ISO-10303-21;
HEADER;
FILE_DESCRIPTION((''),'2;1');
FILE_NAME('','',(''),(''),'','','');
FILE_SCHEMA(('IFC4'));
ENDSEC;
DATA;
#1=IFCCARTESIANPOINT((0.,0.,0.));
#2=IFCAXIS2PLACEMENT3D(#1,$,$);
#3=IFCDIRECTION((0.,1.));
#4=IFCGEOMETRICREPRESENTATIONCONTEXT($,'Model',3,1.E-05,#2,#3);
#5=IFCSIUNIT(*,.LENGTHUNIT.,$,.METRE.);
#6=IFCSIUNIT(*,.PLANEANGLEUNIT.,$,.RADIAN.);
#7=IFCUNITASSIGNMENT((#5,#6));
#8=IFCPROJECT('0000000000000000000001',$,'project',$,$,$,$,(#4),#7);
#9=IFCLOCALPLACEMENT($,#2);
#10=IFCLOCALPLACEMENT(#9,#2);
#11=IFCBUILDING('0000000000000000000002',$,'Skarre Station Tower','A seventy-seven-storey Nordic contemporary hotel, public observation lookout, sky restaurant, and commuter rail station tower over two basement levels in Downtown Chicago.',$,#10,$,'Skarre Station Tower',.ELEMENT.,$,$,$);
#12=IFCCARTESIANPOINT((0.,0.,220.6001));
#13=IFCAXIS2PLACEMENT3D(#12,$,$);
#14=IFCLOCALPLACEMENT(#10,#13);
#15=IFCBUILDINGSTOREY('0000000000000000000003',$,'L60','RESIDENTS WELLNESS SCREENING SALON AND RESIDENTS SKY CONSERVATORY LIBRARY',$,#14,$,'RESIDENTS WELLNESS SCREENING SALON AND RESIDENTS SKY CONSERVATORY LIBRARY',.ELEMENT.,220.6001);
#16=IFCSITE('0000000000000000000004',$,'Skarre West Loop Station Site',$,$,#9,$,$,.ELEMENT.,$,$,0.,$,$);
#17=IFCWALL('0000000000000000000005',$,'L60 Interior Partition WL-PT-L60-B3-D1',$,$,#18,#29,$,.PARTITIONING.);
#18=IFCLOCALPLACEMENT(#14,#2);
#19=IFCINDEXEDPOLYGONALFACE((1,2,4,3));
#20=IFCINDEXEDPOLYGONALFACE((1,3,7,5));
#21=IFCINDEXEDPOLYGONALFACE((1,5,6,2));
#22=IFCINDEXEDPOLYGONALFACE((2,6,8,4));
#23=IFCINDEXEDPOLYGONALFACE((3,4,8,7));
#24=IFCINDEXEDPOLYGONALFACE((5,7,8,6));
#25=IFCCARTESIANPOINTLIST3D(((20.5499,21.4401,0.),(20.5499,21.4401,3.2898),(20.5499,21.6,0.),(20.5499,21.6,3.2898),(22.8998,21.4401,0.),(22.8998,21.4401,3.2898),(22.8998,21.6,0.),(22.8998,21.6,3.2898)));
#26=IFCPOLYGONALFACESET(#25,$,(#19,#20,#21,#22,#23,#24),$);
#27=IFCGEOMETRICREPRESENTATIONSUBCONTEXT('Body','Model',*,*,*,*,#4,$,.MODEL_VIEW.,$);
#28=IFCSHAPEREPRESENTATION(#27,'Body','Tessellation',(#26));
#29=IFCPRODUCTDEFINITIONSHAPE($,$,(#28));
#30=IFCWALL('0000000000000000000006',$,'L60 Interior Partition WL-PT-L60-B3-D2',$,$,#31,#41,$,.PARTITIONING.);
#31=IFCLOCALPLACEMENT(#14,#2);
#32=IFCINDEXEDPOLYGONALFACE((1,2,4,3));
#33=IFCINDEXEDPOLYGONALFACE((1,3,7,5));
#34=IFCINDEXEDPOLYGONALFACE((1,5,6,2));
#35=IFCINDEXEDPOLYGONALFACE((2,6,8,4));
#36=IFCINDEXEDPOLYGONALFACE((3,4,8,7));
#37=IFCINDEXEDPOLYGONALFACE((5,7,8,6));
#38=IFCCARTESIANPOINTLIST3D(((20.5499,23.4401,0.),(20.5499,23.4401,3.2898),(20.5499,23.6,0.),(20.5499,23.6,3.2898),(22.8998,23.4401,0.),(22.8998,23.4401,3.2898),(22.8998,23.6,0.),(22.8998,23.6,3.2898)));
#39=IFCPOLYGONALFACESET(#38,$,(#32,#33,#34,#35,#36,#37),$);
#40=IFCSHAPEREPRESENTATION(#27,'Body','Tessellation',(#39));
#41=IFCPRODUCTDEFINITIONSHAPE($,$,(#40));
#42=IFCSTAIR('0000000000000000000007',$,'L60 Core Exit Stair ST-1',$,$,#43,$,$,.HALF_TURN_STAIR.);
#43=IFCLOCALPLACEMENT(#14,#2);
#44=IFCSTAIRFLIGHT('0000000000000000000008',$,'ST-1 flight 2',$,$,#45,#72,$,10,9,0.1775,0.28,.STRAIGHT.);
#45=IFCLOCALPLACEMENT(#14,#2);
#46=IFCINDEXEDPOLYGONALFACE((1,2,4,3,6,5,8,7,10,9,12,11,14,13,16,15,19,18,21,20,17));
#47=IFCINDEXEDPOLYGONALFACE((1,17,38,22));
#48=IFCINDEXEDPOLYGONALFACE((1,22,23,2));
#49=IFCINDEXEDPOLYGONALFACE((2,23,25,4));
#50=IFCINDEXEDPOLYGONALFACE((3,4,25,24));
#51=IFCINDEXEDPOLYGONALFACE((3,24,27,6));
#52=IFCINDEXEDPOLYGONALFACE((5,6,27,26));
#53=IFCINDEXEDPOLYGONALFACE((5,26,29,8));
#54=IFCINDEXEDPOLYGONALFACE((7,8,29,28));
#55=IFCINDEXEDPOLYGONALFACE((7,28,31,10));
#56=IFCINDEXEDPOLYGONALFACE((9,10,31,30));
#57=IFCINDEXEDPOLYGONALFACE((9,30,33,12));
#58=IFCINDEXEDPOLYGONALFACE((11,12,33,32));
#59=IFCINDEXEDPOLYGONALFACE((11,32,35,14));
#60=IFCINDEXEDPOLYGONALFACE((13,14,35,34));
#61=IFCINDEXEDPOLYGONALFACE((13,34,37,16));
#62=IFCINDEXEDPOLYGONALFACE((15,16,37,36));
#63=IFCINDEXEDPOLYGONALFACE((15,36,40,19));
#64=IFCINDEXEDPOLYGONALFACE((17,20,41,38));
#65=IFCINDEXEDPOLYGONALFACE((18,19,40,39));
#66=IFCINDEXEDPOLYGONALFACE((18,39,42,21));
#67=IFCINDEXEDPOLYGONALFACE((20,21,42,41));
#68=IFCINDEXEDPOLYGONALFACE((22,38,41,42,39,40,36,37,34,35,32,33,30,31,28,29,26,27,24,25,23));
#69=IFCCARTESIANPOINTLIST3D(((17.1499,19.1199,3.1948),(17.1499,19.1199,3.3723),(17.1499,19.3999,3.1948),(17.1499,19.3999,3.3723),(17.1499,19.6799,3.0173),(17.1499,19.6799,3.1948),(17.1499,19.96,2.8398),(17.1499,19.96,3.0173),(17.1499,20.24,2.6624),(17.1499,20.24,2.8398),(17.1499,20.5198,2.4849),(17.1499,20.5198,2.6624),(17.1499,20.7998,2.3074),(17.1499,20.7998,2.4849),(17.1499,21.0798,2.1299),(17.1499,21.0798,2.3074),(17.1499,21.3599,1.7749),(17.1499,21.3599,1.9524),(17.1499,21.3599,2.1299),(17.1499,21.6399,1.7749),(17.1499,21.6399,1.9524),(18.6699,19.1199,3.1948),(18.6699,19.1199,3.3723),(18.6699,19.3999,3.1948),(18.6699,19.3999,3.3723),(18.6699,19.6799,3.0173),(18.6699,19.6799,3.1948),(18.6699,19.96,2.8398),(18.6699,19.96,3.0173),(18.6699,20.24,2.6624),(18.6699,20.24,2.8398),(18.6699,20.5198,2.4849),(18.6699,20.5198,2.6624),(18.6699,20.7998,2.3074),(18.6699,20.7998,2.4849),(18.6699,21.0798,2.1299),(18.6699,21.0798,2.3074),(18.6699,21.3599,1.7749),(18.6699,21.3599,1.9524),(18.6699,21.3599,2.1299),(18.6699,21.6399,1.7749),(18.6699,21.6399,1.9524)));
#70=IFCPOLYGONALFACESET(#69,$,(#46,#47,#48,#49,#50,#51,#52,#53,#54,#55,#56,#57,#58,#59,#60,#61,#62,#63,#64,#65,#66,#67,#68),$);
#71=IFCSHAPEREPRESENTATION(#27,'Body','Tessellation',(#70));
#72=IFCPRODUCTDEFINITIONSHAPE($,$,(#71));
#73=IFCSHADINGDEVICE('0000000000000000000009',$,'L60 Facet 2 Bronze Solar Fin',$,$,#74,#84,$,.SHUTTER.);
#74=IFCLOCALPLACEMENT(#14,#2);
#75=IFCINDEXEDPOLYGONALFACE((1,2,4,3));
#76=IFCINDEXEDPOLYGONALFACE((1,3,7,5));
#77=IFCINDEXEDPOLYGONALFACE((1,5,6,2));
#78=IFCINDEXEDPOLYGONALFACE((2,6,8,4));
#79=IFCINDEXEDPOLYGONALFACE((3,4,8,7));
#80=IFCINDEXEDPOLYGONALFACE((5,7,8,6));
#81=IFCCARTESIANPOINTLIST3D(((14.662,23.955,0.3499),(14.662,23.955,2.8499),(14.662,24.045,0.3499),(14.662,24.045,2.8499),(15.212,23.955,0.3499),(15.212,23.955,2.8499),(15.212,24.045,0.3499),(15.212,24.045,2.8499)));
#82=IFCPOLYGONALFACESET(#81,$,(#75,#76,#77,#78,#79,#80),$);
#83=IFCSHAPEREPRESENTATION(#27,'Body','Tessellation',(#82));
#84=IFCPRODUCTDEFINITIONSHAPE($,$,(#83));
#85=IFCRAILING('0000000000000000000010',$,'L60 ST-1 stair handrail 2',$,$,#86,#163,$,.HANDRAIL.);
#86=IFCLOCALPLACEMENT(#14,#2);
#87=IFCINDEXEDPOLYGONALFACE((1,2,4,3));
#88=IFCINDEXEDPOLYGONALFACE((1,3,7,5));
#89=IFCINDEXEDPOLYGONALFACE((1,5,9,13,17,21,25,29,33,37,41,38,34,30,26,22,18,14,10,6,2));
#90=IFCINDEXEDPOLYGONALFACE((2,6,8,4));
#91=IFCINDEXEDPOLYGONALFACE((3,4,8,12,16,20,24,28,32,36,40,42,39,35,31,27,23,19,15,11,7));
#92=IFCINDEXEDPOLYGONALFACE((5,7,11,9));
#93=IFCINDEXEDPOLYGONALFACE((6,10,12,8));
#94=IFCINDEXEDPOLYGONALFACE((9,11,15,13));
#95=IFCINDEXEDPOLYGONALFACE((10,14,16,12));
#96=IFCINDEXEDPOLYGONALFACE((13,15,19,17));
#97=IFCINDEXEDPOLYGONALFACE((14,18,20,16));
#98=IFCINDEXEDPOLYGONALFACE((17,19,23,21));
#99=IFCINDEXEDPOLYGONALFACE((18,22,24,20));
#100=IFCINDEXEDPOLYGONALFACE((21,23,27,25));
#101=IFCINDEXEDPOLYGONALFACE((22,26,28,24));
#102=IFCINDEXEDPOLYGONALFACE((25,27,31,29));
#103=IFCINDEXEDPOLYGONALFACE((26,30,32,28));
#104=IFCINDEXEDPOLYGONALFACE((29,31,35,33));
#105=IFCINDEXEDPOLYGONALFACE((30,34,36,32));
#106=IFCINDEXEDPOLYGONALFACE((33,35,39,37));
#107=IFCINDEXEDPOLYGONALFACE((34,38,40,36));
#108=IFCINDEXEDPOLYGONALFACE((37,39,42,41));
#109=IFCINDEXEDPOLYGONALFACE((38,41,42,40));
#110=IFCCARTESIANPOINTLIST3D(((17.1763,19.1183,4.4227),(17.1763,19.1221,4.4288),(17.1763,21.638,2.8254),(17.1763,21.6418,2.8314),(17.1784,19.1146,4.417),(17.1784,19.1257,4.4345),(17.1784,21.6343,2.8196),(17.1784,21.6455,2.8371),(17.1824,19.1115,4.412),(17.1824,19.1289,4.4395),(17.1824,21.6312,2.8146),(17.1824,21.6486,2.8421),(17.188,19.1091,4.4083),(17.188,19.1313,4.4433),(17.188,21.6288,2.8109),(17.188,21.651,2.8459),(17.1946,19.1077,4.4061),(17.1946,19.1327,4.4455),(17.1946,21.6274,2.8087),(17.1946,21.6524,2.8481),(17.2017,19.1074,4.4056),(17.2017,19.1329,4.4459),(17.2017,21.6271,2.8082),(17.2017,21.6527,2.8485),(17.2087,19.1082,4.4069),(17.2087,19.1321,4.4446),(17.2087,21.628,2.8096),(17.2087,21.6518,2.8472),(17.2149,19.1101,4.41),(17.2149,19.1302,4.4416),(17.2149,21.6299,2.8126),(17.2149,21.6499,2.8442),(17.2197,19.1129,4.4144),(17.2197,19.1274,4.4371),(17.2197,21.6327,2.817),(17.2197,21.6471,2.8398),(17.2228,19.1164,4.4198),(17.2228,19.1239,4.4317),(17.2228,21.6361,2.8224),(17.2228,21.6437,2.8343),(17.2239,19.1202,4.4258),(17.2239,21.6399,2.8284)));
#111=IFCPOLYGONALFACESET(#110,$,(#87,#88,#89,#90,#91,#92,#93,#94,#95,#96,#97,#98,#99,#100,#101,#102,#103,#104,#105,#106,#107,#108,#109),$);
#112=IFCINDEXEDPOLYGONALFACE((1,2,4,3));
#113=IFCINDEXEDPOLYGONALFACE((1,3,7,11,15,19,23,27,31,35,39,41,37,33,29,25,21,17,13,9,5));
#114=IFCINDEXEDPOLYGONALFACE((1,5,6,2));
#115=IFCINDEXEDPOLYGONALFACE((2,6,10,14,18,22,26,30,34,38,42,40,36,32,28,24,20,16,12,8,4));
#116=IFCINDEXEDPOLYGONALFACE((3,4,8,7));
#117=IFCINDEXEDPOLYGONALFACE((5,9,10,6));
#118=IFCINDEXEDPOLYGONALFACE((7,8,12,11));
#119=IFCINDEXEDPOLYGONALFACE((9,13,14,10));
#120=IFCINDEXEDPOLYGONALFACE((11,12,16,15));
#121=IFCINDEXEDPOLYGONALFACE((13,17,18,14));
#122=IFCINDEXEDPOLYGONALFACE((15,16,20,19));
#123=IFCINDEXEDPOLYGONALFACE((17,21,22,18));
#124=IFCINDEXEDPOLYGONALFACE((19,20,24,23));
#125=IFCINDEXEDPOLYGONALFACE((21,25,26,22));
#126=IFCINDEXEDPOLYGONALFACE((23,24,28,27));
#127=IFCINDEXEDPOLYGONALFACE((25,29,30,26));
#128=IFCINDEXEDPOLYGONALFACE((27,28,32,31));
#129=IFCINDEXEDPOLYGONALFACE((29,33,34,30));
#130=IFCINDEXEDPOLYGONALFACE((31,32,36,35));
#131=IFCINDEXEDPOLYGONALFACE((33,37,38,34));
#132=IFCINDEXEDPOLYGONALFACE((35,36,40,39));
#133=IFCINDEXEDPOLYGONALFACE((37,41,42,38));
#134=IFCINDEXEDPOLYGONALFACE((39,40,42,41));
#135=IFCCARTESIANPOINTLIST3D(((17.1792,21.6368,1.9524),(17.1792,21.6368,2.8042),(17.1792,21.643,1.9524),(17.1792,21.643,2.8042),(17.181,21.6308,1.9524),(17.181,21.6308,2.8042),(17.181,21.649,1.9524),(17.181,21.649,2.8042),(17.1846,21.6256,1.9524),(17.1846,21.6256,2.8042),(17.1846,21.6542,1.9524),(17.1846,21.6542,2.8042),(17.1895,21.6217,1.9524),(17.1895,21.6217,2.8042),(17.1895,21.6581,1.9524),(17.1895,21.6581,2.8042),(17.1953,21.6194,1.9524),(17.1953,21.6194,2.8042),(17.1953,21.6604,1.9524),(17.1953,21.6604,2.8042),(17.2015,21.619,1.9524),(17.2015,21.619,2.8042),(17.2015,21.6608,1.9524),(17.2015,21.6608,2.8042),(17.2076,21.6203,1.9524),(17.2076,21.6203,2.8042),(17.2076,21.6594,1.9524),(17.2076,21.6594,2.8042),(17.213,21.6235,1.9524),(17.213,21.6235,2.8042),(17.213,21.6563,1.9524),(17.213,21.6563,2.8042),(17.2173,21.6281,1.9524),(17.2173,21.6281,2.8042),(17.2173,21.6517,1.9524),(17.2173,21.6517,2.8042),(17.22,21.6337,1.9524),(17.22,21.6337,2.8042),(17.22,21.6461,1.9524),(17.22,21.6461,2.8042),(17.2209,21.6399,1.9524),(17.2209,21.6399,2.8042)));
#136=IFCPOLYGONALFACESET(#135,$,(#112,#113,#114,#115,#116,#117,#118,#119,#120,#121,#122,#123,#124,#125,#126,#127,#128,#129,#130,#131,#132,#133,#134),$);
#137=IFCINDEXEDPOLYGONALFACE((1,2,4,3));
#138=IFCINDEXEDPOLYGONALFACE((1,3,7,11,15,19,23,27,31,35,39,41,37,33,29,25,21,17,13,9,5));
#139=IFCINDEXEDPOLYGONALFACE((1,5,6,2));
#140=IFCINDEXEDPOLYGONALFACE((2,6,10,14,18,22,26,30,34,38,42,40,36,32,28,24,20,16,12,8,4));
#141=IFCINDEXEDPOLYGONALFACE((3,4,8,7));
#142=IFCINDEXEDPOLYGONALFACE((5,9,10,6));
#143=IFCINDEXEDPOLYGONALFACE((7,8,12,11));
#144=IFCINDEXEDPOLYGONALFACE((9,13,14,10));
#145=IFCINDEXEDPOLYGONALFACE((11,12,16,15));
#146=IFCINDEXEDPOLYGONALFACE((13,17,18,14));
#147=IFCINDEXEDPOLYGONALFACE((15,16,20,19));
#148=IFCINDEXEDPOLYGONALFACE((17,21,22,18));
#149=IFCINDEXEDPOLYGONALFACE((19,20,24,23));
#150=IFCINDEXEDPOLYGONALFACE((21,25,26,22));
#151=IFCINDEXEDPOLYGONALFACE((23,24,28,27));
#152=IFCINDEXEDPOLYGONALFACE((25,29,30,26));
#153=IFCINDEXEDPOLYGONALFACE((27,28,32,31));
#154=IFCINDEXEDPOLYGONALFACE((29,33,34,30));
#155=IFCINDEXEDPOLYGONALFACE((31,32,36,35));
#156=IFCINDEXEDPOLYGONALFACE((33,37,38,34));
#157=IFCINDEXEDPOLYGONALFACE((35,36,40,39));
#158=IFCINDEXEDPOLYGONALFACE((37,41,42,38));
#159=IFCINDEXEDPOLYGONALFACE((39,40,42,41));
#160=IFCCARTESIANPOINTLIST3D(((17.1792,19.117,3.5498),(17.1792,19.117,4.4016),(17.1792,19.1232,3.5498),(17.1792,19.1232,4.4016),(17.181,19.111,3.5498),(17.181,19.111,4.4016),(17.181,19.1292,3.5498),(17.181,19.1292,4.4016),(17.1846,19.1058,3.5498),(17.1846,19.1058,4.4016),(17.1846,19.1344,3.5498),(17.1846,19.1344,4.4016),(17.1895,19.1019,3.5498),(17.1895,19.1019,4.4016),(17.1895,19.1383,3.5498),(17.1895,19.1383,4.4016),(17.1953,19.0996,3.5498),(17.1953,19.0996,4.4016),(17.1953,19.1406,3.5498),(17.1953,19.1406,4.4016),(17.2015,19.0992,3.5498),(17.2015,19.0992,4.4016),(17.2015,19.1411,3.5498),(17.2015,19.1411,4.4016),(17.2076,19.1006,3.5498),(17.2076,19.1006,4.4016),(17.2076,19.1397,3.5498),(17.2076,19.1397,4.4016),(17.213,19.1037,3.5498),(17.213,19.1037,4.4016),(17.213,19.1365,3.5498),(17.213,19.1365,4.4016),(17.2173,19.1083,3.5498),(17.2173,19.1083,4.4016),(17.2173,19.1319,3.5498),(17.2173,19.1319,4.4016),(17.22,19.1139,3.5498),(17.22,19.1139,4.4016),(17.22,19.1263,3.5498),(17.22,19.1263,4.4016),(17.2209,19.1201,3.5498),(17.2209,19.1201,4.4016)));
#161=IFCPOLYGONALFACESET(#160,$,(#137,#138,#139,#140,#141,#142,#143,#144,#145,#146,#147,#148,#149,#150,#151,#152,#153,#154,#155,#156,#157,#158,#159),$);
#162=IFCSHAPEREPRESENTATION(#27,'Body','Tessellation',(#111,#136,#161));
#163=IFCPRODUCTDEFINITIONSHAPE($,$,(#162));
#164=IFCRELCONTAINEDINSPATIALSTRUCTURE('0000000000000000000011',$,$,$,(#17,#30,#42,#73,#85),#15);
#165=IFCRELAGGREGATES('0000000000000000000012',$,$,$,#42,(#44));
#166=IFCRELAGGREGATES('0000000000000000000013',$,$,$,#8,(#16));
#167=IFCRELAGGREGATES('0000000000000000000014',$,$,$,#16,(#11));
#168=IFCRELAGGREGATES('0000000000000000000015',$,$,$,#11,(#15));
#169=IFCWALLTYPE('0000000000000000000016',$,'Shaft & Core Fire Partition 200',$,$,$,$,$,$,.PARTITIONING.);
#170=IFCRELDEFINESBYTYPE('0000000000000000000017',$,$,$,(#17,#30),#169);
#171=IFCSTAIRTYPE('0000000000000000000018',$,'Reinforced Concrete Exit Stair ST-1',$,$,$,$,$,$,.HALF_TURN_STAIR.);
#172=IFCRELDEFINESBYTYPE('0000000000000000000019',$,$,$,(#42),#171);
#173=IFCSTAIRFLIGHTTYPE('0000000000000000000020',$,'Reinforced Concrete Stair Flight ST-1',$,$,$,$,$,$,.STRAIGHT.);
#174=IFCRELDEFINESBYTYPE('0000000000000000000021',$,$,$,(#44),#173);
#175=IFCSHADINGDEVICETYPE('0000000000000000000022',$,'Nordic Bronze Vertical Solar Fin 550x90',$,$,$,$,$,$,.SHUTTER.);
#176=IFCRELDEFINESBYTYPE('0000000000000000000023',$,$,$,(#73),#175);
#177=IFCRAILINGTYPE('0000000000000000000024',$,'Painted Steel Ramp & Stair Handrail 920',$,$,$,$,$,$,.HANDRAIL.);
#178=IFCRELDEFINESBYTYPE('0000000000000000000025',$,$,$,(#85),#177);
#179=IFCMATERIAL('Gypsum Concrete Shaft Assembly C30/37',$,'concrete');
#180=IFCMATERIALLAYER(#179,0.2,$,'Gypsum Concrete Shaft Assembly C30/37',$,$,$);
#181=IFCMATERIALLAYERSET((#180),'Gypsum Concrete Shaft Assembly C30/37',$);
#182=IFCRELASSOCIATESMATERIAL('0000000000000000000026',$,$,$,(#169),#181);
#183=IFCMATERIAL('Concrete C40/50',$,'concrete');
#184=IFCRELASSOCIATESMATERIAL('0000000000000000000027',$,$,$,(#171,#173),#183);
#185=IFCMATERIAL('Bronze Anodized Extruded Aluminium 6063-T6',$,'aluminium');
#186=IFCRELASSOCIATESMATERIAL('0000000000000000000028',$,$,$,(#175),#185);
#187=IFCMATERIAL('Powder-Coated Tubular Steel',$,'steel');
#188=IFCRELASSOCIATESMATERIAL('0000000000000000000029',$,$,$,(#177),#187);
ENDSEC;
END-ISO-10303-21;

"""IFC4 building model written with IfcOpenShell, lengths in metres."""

from ifc_helpers import new_model, si_unit, direction, frame, frame_2d, origin, origin_2d, place, context, subcontext, project, spatial, polyline, rectangle, circle, outline, extrude, material, layer, layer_set, type_object, element, aggregate, save


model = new_model("IFC4")

# Units and contexts
model_context = context("Model", 3, precision=1e-05, world=origin(), true_north=direction((0.0, 1.0)))
body_context = subcontext(model_context, "Body", "Model", "MODEL_VIEW")
ifc_project = project(units=[si_unit("LENGTHUNIT", "METRE"), si_unit("PLANEANGLEUNIT", "RADIAN")], contexts=[model_context])

# Site, building, storey
site_placement = place(None, origin())
site = spatial("IfcSite", under=ifc_project, at=site_placement, Name="Skarre West Loop Station Site", CompositionType="ELEMENT", RefElevation=0.0)
building_placement = place(site_placement, origin())
building = spatial("IfcBuilding", under=site, at=building_placement, Name="Skarre Station Tower", Description="A seventy-seven-storey Nordic contemporary hotel, public observation lookout, sky restaurant, and commuter rail station tower over two basement levels in Downtown Chicago.", LongName="Skarre Station Tower", CompositionType="ELEMENT")
storey_placement = place(building_placement, frame((0.0, 0.0, 220.6001)))
storey = spatial("IfcBuildingStorey", under=building, at=storey_placement, Name="L60", Description="RESIDENTS WELLNESS SCREENING SALON AND RESIDENTS SKY CONSERVATORY LIBRARY", LongName="RESIDENTS WELLNESS SCREENING SALON AND RESIDENTS SKY CONSERVATORY LIBRARY", CompositionType="ELEMENT", Elevation=220.6001)

# Shared definitions
ifc_material_1 = material(Name="Gypsum Concrete Shaft Assembly C30/37", Category="concrete")
ifc_layer_1 = layer(ifc_material_1, 0.2, Name="Gypsum Concrete Shaft Assembly C30/37")
ifc_layer_set_1 = layer_set([ifc_layer_1], Name="Gypsum Concrete Shaft Assembly C30/37")
wall_type_1 = type_object("IfcWallType", Name="Shaft & Core Fire Partition 200", PredefinedType="PARTITIONING", material=ifc_layer_set_1)

# Walls
for number, where, z_axis, x_axis, name in (
    (1, (20.55, 21.52, 0.0), (0.0, 0.0, 1.0), (1.0, 0.0, 0.0), "L60 Interior Partition WL-PT-L60-B3-D1"),
    (2, (20.55, 23.52, 0.0), (0.0, 0.0, 1.0), (1.0, 0.0, 0.0), "L60 Interior Partition WL-PT-L60-B3-D2"),
):
    element("IfcWall", number, at=place(storey_placement, frame(where, z_axis=z_axis, x_axis=x_axis)), inside=storey, type_object=wall_type_1, Name=name, PredefinedType="PARTITIONING", context=body_context, shape_type="SweptSolid", body=[
        extrude(rectangle(XDim=2.3499, YDim=0.1599, at=frame_2d((1.1748, 0.0))), origin(), (0.0, 0.0, 1.0), 3.2898),
    ])

# Stair, stair flight
ifc_material_2 = material(Name="Concrete C40/50", Category="concrete")
stair_type = type_object("IfcStairType", Name="Reinforced Concrete Exit Stair ST-1", PredefinedType="HALF_TURN_STAIR", material=ifc_material_2)
stair_placement = place(storey_placement, origin())
stair = element("IfcStair", 3, at=stair_placement, inside=storey, type_object=stair_type, Name="L60 Core Exit Stair ST-1", PredefinedType="HALF_TURN_STAIR")
stair_flight_type = type_object("IfcStairFlightType", Name="Reinforced Concrete Stair Flight ST-1", PredefinedType="STRAIGHT", material=ifc_material_2)
stair_flight_placement = place(storey_placement, frame((17.9099, 21.6399, 1.7749), z_axis=(0.0, 0.0, 1.0), x_axis=(0.0, -1.0, 0.0)))
stair_flight = element("IfcStairFlight", 4, at=stair_flight_placement, type_object=stair_flight_type, Name="ST-1 flight 2", NumberOfRisers=10, NumberOfTreads=9, PredefinedType="STRAIGHT", RiserHeight=0.1775, TreadLength=0.28, context=body_context, shape_type="SweptSolid", body=[
    extrude(outline(polyline([(0.0, 0.0), (0.0, 0.1775), (0.28, 0.1775), (0.28, 0.355), (0.5601, 0.355), (0.5601, 0.5325), (0.8401, 0.5325), (0.8401, 0.71), (1.1201, 0.71), (1.1201, 0.8875), (1.3999, 0.8875), (1.3999, 1.0649), (1.6799, 1.0649), (1.6799, 1.2424), (1.96, 1.2424), (1.96, 1.4199), (2.24, 1.4199), (2.24, 1.5974), (2.52, 1.5974), (2.52, 1.7749), (2.52, 1.4199), (0.28, 0.0), (0.0, 0.0)])), frame((0.0, 0.76, 0.0), z_axis=(0.0, -1.0, 0.0), x_axis=(1.0, 0.0, 0.0)), (0.0, 0.0, 1.0), 1.52),
])
aggregate(stair, [stair_flight])

# Shading device
ifc_material_3 = material(Name="Bronze Anodized Extruded Aluminium 6063-T6", Category="aluminium")
shading_device_type = type_object("IfcShadingDeviceType", Name="Nordic Bronze Vertical Solar Fin 550x90", PredefinedType="SHUTTER", material=ifc_material_3)
shading_device_placement = place(storey_placement, frame((14.937, 24.0, 0.3499), z_axis=(0.0, 0.0, 1.0), x_axis=(-1.0, 0.0, 0.0)))
element("IfcShadingDevice", 5, at=shading_device_placement, inside=storey, type_object=shading_device_type, Name="L60 Facet 2 Bronze Solar Fin", PredefinedType="SHUTTER", context=body_context, shape_type="SweptSolid", body=[
    extrude(rectangle(XDim=0.55, YDim=0.0901, at=origin_2d()), origin(), (0.0, 0.0, 1.0), 2.5),
])

# Railing
ifc_material_4 = material(Name="Powder-Coated Tubular Steel", Category="steel")
railing_type_1 = type_object("IfcRailingType", Name="Painted Steel Ramp & Stair Handrail 920", PredefinedType="HANDRAIL", material=ifc_material_4)
railing_1_placement = place(storey_placement, frame((17.2, 21.6399, 1.9524)))
element("IfcRailing", 6, at=railing_1_placement, inside=storey, type_object=railing_type_1, Name="L60 ST-1 stair handrail 2", PredefinedType="HANDRAIL", context=body_context, shape_type="SweptSolid", body=[
    extrude(circle(Radius=0.0239, at=origin_2d()), frame((0.0, 0.0, 0.876), z_axis=(0.0, -0.844583, 0.535424), x_axis=(1.0, 0.0, 0.0)), (0.0, 0.0, 1.0), 2.9834),
    extrude(circle(Radius=0.021, at=origin_2d()), origin(), (0.0, 0.0, 1.0), 0.8518),
    extrude(circle(Radius=0.021, at=origin_2d()), frame((0.0, -2.5198, 1.5974)), (0.0, 0.0, 1.0), 0.8518),
])

save(model, "model.ifc")
